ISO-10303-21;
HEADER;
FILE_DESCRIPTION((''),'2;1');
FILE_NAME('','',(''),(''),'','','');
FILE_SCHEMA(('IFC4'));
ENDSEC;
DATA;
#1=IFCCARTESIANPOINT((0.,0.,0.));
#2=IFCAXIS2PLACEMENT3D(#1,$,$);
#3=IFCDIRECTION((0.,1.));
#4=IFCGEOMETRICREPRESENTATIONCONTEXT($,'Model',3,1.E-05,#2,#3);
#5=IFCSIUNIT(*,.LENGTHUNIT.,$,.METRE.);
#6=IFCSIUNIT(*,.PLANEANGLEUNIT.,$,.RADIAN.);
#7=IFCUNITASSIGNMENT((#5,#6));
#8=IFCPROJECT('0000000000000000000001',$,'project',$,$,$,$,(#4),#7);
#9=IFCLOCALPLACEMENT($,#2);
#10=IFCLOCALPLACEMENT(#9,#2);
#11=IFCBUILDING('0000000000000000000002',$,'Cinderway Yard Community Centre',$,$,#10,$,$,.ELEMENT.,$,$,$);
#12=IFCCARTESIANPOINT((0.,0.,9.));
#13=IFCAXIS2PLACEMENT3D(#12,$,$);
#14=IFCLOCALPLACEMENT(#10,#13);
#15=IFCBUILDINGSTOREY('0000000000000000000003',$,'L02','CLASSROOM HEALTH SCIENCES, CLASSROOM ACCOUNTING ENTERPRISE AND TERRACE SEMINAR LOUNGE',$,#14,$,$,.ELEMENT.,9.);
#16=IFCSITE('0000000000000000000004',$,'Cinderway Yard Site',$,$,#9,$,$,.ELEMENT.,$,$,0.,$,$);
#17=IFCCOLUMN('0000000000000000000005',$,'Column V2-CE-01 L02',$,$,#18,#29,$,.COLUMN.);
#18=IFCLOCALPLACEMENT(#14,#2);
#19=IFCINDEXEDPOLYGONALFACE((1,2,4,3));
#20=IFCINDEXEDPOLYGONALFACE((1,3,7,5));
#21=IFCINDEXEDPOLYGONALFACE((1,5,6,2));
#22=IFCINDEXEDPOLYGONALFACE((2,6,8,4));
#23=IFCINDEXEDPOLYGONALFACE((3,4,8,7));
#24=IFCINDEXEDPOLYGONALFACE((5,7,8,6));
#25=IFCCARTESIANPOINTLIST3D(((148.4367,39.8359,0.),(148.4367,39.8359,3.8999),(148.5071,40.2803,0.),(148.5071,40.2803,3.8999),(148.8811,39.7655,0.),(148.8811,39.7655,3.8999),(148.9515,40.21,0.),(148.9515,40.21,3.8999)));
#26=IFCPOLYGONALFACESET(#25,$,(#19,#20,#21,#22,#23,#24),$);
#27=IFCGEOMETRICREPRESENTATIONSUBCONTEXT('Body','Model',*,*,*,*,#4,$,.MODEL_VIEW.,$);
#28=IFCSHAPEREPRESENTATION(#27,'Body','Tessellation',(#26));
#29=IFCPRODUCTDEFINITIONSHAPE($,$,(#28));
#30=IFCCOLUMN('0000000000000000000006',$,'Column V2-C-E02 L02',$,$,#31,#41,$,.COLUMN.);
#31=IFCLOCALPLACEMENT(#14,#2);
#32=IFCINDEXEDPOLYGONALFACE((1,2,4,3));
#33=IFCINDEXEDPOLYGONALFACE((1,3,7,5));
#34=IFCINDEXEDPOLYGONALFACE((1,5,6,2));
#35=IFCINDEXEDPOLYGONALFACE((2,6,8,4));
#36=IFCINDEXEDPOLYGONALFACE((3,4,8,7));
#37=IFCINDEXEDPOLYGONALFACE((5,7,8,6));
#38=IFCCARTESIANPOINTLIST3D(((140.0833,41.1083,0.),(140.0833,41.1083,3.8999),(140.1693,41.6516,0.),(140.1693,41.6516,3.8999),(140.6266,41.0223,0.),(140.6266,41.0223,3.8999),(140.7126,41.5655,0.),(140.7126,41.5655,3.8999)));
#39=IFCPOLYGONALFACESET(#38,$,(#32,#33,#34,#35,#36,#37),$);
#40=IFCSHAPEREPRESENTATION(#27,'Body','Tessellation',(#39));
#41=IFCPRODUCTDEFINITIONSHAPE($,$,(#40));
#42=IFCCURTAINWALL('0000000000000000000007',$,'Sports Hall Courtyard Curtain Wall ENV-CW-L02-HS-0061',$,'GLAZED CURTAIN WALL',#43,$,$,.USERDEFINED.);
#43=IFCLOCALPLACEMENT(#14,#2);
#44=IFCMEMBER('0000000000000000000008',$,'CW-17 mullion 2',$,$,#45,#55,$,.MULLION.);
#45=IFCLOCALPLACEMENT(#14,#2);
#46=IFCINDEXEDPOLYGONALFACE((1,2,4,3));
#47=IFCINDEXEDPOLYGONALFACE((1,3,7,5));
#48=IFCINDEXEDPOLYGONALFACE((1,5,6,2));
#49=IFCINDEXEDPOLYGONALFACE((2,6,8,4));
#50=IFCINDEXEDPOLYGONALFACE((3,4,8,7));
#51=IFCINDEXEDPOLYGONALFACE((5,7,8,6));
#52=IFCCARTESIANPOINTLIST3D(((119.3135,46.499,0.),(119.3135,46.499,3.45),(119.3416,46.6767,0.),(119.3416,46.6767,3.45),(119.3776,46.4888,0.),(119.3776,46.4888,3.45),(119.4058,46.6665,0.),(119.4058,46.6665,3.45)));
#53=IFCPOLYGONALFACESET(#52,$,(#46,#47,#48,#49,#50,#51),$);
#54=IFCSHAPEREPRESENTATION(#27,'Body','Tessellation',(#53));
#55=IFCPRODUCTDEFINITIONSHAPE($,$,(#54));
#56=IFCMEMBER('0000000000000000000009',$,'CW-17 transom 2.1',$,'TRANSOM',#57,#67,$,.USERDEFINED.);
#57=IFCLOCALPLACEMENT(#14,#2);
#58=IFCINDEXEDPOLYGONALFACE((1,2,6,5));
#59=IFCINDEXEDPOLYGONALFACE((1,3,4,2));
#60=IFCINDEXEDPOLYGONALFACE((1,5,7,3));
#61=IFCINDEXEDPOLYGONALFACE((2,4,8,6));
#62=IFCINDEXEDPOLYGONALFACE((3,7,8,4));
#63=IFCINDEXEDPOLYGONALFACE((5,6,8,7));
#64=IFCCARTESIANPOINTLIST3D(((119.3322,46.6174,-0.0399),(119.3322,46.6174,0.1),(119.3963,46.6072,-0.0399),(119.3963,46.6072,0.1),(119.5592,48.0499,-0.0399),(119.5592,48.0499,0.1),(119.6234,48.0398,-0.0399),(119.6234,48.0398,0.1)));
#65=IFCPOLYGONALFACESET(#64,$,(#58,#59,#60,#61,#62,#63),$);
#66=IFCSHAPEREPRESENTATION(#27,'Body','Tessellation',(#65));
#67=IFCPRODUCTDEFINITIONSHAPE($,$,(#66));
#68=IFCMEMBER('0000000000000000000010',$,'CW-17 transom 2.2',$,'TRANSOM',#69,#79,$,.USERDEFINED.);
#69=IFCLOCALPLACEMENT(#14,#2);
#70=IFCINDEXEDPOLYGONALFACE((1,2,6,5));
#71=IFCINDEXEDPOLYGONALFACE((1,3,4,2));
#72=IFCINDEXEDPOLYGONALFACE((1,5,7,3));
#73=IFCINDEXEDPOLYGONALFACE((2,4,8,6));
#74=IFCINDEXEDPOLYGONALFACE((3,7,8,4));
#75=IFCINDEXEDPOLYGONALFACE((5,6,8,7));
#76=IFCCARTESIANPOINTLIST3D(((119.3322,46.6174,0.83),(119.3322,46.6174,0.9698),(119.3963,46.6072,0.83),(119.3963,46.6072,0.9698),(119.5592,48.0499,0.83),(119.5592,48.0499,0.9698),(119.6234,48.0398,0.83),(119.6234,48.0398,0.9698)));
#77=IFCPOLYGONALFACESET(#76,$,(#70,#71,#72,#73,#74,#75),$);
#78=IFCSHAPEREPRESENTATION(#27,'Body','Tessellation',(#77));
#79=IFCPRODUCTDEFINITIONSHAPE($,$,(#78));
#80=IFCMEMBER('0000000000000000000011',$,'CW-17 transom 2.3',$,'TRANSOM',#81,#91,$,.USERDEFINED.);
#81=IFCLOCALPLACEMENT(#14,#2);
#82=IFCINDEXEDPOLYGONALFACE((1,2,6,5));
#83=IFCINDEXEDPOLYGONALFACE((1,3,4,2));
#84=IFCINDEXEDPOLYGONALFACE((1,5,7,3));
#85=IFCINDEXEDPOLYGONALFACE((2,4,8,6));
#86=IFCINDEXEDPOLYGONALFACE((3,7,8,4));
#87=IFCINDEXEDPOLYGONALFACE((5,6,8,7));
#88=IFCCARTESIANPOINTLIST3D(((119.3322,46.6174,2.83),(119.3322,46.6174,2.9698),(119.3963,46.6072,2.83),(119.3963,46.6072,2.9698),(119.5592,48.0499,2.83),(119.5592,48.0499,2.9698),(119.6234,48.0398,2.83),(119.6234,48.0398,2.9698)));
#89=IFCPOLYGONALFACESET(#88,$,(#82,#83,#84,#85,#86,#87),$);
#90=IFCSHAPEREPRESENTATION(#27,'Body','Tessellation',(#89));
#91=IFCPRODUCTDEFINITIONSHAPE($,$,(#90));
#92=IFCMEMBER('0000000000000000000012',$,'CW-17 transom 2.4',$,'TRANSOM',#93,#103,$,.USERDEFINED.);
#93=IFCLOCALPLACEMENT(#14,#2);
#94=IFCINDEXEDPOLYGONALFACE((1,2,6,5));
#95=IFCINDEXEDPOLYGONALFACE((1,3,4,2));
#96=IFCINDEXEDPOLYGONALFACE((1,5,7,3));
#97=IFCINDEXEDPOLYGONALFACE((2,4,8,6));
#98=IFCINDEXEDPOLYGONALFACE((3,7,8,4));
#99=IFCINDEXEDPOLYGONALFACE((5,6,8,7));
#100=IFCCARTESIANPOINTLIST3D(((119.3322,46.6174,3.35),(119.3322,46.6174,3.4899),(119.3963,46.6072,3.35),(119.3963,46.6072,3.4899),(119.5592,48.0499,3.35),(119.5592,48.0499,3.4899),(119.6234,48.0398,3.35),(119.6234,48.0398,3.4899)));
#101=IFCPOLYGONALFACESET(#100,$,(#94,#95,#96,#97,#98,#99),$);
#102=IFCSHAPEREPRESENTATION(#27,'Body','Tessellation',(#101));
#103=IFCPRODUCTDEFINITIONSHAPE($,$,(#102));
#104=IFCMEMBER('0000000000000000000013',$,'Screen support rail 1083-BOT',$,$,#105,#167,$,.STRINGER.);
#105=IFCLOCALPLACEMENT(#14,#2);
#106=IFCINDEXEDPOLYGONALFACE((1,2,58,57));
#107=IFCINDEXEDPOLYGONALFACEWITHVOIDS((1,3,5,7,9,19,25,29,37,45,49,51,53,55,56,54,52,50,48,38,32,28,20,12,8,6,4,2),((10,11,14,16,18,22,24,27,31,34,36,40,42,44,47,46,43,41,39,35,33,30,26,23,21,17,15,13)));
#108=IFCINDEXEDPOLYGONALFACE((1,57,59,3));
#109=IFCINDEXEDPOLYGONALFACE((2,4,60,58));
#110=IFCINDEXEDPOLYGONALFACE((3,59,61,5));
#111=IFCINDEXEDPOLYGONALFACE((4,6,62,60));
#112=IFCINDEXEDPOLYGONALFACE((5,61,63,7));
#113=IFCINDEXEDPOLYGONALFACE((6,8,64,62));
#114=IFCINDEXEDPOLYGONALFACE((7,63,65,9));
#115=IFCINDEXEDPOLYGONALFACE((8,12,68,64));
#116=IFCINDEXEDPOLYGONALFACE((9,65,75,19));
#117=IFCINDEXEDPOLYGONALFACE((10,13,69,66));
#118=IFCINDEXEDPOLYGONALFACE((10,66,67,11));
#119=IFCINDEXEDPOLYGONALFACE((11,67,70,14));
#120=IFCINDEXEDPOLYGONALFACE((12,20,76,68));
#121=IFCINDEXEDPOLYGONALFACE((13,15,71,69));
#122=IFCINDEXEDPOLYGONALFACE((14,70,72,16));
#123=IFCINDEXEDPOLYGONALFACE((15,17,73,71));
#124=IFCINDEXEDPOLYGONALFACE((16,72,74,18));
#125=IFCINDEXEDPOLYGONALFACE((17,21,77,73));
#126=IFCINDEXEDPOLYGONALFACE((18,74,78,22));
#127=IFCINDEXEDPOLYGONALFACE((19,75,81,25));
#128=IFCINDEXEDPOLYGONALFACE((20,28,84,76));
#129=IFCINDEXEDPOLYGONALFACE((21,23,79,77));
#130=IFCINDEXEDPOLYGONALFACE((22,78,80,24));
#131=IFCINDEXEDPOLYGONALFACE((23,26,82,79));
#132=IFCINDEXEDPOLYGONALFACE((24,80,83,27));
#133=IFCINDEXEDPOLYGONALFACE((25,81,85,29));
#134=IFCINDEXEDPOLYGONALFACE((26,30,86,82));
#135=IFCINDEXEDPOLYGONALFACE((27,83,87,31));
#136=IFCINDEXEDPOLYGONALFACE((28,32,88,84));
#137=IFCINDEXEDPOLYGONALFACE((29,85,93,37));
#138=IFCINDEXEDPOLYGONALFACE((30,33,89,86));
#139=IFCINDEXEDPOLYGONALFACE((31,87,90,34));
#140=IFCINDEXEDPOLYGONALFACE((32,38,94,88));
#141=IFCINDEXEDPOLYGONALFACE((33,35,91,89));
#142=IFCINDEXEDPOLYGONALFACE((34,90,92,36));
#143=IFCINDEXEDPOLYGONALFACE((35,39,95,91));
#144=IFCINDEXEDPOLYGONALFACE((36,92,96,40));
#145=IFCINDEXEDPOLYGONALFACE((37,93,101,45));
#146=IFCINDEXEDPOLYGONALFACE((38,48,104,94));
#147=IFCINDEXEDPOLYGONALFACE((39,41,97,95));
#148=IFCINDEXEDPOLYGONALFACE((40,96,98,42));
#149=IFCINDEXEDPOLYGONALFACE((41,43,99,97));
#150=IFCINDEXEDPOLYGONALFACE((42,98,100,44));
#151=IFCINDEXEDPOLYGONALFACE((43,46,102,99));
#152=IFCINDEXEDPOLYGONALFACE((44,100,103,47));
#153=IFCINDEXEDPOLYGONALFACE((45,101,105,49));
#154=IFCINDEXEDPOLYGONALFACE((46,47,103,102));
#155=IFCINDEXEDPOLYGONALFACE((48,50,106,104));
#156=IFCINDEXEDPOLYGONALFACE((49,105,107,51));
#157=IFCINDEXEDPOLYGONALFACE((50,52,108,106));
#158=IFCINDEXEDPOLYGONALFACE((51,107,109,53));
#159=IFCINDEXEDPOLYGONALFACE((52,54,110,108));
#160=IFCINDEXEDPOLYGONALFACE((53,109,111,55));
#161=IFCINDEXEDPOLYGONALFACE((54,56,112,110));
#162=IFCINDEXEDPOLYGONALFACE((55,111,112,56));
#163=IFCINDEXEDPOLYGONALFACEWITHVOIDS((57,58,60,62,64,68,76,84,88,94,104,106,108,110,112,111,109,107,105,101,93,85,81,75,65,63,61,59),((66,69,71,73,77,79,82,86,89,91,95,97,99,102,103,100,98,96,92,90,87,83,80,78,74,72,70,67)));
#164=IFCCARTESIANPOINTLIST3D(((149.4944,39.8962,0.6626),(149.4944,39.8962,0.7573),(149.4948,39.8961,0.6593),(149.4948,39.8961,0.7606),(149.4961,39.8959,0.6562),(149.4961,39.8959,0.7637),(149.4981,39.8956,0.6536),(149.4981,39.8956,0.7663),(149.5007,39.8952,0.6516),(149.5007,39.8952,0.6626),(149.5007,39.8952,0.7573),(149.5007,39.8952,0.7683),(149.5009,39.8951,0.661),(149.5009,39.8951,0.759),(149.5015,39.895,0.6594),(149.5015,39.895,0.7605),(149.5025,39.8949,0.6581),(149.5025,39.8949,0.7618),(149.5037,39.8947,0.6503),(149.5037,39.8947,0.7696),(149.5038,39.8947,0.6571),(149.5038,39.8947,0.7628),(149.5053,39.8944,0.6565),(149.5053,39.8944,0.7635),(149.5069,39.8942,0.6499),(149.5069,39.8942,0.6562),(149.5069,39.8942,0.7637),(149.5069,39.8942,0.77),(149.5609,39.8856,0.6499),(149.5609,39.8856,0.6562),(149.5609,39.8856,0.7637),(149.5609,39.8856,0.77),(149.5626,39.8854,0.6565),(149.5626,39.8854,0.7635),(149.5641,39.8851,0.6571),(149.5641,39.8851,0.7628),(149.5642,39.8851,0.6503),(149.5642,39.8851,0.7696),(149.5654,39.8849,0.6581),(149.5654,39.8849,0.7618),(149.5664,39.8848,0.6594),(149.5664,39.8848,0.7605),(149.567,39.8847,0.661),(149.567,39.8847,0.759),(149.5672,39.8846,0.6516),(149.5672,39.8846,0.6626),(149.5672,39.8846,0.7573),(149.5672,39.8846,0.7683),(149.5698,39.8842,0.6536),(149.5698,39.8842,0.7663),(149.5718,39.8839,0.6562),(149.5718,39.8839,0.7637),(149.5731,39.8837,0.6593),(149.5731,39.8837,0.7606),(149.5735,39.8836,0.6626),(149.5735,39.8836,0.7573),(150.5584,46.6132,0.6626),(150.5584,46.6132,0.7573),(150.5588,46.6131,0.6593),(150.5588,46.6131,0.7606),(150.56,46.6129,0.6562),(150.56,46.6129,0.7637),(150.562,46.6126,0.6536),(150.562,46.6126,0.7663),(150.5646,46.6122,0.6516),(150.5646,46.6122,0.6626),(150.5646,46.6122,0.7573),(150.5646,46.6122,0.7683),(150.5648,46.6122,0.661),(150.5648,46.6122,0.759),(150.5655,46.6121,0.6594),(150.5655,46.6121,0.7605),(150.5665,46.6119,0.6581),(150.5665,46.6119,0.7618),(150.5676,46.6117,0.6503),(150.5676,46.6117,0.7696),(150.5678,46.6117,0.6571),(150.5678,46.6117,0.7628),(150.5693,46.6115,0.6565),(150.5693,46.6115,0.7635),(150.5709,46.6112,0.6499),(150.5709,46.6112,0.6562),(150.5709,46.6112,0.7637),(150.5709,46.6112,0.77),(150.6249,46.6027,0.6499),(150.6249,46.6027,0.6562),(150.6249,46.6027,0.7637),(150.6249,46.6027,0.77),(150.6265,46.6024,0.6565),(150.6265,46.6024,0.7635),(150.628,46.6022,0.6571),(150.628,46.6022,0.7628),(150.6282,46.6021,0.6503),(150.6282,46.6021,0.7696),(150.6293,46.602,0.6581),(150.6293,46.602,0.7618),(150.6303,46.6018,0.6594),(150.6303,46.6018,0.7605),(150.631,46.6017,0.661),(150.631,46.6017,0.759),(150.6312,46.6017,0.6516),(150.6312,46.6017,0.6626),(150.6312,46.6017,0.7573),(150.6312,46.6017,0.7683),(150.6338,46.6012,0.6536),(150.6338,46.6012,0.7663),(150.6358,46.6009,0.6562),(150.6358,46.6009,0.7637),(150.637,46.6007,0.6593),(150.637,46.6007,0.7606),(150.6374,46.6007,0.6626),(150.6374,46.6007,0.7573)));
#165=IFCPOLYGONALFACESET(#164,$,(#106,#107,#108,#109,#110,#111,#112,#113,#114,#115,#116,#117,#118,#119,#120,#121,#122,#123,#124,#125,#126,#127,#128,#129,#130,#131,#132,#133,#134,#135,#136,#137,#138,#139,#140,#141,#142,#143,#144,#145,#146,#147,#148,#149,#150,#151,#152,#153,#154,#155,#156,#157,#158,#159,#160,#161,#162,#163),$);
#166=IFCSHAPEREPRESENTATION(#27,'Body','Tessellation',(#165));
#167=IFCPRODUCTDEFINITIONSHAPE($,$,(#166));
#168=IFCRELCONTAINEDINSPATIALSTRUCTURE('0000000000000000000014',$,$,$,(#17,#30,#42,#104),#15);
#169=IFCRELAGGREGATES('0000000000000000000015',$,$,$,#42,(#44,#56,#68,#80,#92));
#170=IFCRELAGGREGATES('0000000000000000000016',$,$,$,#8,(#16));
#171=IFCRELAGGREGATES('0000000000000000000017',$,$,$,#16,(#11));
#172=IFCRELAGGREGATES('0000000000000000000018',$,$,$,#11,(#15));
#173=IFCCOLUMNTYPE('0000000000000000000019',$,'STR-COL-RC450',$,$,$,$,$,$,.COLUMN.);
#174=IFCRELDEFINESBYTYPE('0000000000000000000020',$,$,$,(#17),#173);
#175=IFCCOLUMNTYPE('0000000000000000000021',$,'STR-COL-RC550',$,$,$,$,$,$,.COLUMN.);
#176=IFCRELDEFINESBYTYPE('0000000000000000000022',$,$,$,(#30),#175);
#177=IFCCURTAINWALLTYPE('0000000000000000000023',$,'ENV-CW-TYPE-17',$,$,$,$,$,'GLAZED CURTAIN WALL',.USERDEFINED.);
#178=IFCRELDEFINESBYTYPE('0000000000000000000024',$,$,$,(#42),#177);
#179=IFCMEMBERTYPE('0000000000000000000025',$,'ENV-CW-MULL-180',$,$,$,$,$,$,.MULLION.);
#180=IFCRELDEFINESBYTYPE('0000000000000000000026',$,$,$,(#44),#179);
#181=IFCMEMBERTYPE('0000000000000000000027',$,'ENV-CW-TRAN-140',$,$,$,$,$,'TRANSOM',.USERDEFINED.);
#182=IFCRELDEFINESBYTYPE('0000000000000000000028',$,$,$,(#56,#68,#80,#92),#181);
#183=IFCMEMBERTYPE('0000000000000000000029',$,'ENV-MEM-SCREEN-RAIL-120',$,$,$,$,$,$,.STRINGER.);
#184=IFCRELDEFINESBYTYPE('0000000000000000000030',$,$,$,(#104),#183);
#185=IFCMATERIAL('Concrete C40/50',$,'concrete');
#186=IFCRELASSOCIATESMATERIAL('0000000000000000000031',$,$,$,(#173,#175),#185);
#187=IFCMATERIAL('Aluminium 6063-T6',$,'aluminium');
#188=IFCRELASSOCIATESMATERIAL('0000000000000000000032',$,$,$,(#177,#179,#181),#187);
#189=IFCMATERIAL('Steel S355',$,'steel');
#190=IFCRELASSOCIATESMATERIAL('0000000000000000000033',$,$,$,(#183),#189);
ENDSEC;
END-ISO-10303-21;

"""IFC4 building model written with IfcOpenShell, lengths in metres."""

from ifc_helpers import new_model, si_unit, direction, frame, origin, origin_2d, place, context, subcontext, project, spatial, rectangle, hollow_rectangle, extrude, material, material_profile, profile_set, type_object, element, aggregate, save


model = new_model("IFC4")

# Units and contexts
model_context = context("Model", 3, precision=1e-05, world=origin(), true_north=direction((0.0, 1.0)))
body_context = subcontext(model_context, "Body", "Model", "MODEL_VIEW")
ifc_project = project(units=[si_unit("LENGTHUNIT", "METRE"), si_unit("PLANEANGLEUNIT", "RADIAN")], contexts=[model_context])

# Site, building, storey
site_placement = place(None, origin())
site = spatial("IfcSite", under=ifc_project, at=site_placement, Name="Cinderway Yard Site", CompositionType="ELEMENT", RefElevation=0.0)
building_placement = place(site_placement, origin())
building = spatial("IfcBuilding", under=site, at=building_placement, Name="Cinderway Yard Community Centre", CompositionType="ELEMENT")
storey_placement = place(building_placement, frame((0.0, 0.0, 9.0)))
storey = spatial("IfcBuildingStorey", under=building, at=storey_placement, Name="L02", Description="CLASSROOM HEALTH SCIENCES, CLASSROOM ACCOUNTING ENTERPRISE AND TERRACE SEMINAR LOUNGE", CompositionType="ELEMENT", Elevation=9.0)

# Columns
ifc_material_1 = material(Name="Concrete C40/50", Category="concrete")
ifc_material_profile_1 = material_profile(ifc_material_1, rectangle(XDim=0.45, YDim=0.45, at=origin_2d()), Name="Concrete C40/50")
ifc_profile_set_1 = profile_set([ifc_material_profile_1], Name="Concrete C40/50")
column_type_1 = type_object("IfcColumnType", Name="STR-COL-RC450", PredefinedType="COLUMN", material=ifc_profile_set_1)
column_1_placement = place(storey_placement, frame((148.6941, 40.0229, 0.0), z_axis=(0.0, 0.0, 1.0), x_axis=(0.987688, -0.156434, 0.0)))
element("IfcColumn", 1, at=column_1_placement, inside=storey, type_object=column_type_1, Name="Column V2-CE-01 L02", PredefinedType="COLUMN", context=body_context, shape_type="SweptSolid", body=[
    extrude(rectangle(XDim=0.45, YDim=0.45, at=origin_2d()), origin(), (0.0, 0.0, 1.0), 3.8999),
])
ifc_material_profile_2 = material_profile(ifc_material_1, rectangle(XDim=0.55, YDim=0.55, at=origin_2d()), Name="Concrete C40/50")
ifc_profile_set_2 = profile_set([ifc_material_profile_2], Name="Concrete C40/50")
column_type_2 = type_object("IfcColumnType", Name="STR-COL-RC550", PredefinedType="COLUMN", material=ifc_profile_set_2)
column_2_placement = place(storey_placement, frame((140.3979, 41.3369, 0.0), z_axis=(0.0, 0.0, 1.0), x_axis=(0.987688, -0.156434, 0.0)))
element("IfcColumn", 2, at=column_2_placement, inside=storey, type_object=column_type_2, Name="Column V2-C-E02 L02", PredefinedType="COLUMN", context=body_context, shape_type="SweptSolid", body=[
    extrude(rectangle(XDim=0.55, YDim=0.55, at=origin_2d()), origin(), (0.0, 0.0, 1.0), 3.8999),
])

# Curtain wall, members
ifc_material_2 = material(Name="Aluminium 6063-T6", Category="aluminium")
curtain_wall_type = type_object("IfcCurtainWallType", Name="ENV-CW-TYPE-17", ElementType="GLAZED CURTAIN WALL", PredefinedType="USERDEFINED", material=ifc_material_2)
curtain_wall_placement = place(storey_placement, origin())
curtain_wall = element("IfcCurtainWall", 3, at=curtain_wall_placement, inside=storey, type_object=curtain_wall_type, Name="Sports Hall Courtyard Curtain Wall ENV-CW-L02-HS-0061", ObjectType="GLAZED CURTAIN WALL", PredefinedType="USERDEFINED")
ifc_material_profile_3 = material_profile(ifc_material_2, rectangle(XDim=0.0649, YDim=0.1799, at=origin_2d()), Name="Aluminium 6063-T6")
ifc_profile_set_3 = profile_set([ifc_material_profile_3], Name="Aluminium 6063-T6")
member_type_1 = type_object("IfcMemberType", Name="ENV-CW-MULL-180", PredefinedType="MULLION", material=ifc_profile_set_3)
member_1_placement = place(storey_placement, frame((119.3596, 46.5828, 0.0), z_axis=(0.0, 0.0, 1.0), x_axis=(-0.987665, 0.156583, 0.0)))
member_1 = element("IfcMember", 4, at=member_1_placement, type_object=member_type_1, Name="CW-17 mullion 2", PredefinedType="MULLION", context=body_context, shape_type="SweptSolid", body=[
    extrude(rectangle(XDim=0.0649, YDim=0.1799, at=origin_2d()), origin(), (0.0, 0.0, 1.0), 3.45),
])
ifc_material_profile_4 = material_profile(ifc_material_2, rectangle(XDim=0.0649, YDim=0.1399, at=origin_2d()), Name="Aluminium 6063-T6")
ifc_profile_set_4 = profile_set([ifc_material_profile_4], Name="Aluminium 6063-T6")
member_type_2 = type_object("IfcMemberType", Name="ENV-CW-TRAN-140", ElementType="TRANSOM", PredefinedType="USERDEFINED", material=ifc_profile_set_4)
member_2_placement = place(storey_placement, frame((119.3643, 46.6123, 0.03), z_axis=(0.156533, 0.987673, 0.0), x_axis=(-0.987673, 0.156533, 0.0)))
member_2 = element("IfcMember", 5, at=member_2_placement, type_object=member_type_2, Name="CW-17 transom 2.1", ObjectType="TRANSOM", PredefinedType="USERDEFINED", context=body_context, shape_type="SweptSolid", body=[
    extrude(rectangle(XDim=0.0649, YDim=0.1399, at=origin_2d()), origin(), (0.0, 0.0, 1.0), 1.4504),
])
member_3_placement = place(storey_placement, frame((119.3643, 46.6123, 0.8999), z_axis=(0.156533, 0.987673, 0.0), x_axis=(-0.987673, 0.156533, 0.0)))
member_3 = element("IfcMember", 6, at=member_3_placement, type_object=member_type_2, Name="CW-17 transom 2.2", ObjectType="TRANSOM", PredefinedType="USERDEFINED", context=body_context, shape_type="SweptSolid", body=[
    extrude(rectangle(XDim=0.0649, YDim=0.1399, at=origin_2d()), origin(), (0.0, 0.0, 1.0), 1.4504),
])
member_4_placement = place(storey_placement, frame((119.3643, 46.6123, 2.8999), z_axis=(0.156533, 0.987673, 0.0), x_axis=(-0.987673, 0.156533, 0.0)))
member_4 = element("IfcMember", 7, at=member_4_placement, type_object=member_type_2, Name="CW-17 transom 2.3", ObjectType="TRANSOM", PredefinedType="USERDEFINED", context=body_context, shape_type="SweptSolid", body=[
    extrude(rectangle(XDim=0.0649, YDim=0.1399, at=origin_2d()), origin(), (0.0, 0.0, 1.0), 1.4504),
])
member_5_placement = place(storey_placement, frame((119.3643, 46.6123, 3.4199), z_axis=(0.156533, 0.987673, 0.0), x_axis=(-0.987673, 0.156533, 0.0)))
member_5 = element("IfcMember", 8, at=member_5_placement, type_object=member_type_2, Name="CW-17 transom 2.4", ObjectType="TRANSOM", PredefinedType="USERDEFINED", context=body_context, shape_type="SweptSolid", body=[
    extrude(rectangle(XDim=0.0649, YDim=0.1399, at=origin_2d()), origin(), (0.0, 0.0, 1.0), 1.4504),
])

# Member
ifc_material_3 = material(Name="Steel S355", Category="steel")
ifc_material_profile_5 = material_profile(ifc_material_3, hollow_rectangle(XDim=0.0801, YDim=0.1201, WallThickness=0.0063, InnerFilletRadius=0.0063, OuterFilletRadius=0.0127, at=origin_2d()), Name="Steel S355")
ifc_profile_set_5 = profile_set([ifc_material_profile_5], Name="Steel S355")
member_type_3 = type_object("IfcMemberType", Name="ENV-MEM-SCREEN-RAIL-120", PredefinedType="STRINGER", material=ifc_profile_set_5)
member_6_placement = place(storey_placement, frame((149.5339, 39.8899, 0.71), z_axis=(0.156447, 0.987686, 0.0), x_axis=(-0.987686, 0.156447, 0.0)))
element("IfcMember", 9, at=member_6_placement, inside=storey, type_object=member_type_3, Name="Screen support rail 1083-BOT", PredefinedType="STRINGER", context=body_context, shape_type="SweptSolid", body=[
    extrude(hollow_rectangle(XDim=0.0801, YDim=0.1201, WallThickness=0.0063, InnerFilletRadius=0.0063, OuterFilletRadius=0.0127, at=origin_2d()), origin(), (0.0, 0.0, 1.0), 6.8008),
])

aggregate(curtain_wall, [member_1, member_2, member_3, member_4, member_5])

save(model, "model.ifc")
